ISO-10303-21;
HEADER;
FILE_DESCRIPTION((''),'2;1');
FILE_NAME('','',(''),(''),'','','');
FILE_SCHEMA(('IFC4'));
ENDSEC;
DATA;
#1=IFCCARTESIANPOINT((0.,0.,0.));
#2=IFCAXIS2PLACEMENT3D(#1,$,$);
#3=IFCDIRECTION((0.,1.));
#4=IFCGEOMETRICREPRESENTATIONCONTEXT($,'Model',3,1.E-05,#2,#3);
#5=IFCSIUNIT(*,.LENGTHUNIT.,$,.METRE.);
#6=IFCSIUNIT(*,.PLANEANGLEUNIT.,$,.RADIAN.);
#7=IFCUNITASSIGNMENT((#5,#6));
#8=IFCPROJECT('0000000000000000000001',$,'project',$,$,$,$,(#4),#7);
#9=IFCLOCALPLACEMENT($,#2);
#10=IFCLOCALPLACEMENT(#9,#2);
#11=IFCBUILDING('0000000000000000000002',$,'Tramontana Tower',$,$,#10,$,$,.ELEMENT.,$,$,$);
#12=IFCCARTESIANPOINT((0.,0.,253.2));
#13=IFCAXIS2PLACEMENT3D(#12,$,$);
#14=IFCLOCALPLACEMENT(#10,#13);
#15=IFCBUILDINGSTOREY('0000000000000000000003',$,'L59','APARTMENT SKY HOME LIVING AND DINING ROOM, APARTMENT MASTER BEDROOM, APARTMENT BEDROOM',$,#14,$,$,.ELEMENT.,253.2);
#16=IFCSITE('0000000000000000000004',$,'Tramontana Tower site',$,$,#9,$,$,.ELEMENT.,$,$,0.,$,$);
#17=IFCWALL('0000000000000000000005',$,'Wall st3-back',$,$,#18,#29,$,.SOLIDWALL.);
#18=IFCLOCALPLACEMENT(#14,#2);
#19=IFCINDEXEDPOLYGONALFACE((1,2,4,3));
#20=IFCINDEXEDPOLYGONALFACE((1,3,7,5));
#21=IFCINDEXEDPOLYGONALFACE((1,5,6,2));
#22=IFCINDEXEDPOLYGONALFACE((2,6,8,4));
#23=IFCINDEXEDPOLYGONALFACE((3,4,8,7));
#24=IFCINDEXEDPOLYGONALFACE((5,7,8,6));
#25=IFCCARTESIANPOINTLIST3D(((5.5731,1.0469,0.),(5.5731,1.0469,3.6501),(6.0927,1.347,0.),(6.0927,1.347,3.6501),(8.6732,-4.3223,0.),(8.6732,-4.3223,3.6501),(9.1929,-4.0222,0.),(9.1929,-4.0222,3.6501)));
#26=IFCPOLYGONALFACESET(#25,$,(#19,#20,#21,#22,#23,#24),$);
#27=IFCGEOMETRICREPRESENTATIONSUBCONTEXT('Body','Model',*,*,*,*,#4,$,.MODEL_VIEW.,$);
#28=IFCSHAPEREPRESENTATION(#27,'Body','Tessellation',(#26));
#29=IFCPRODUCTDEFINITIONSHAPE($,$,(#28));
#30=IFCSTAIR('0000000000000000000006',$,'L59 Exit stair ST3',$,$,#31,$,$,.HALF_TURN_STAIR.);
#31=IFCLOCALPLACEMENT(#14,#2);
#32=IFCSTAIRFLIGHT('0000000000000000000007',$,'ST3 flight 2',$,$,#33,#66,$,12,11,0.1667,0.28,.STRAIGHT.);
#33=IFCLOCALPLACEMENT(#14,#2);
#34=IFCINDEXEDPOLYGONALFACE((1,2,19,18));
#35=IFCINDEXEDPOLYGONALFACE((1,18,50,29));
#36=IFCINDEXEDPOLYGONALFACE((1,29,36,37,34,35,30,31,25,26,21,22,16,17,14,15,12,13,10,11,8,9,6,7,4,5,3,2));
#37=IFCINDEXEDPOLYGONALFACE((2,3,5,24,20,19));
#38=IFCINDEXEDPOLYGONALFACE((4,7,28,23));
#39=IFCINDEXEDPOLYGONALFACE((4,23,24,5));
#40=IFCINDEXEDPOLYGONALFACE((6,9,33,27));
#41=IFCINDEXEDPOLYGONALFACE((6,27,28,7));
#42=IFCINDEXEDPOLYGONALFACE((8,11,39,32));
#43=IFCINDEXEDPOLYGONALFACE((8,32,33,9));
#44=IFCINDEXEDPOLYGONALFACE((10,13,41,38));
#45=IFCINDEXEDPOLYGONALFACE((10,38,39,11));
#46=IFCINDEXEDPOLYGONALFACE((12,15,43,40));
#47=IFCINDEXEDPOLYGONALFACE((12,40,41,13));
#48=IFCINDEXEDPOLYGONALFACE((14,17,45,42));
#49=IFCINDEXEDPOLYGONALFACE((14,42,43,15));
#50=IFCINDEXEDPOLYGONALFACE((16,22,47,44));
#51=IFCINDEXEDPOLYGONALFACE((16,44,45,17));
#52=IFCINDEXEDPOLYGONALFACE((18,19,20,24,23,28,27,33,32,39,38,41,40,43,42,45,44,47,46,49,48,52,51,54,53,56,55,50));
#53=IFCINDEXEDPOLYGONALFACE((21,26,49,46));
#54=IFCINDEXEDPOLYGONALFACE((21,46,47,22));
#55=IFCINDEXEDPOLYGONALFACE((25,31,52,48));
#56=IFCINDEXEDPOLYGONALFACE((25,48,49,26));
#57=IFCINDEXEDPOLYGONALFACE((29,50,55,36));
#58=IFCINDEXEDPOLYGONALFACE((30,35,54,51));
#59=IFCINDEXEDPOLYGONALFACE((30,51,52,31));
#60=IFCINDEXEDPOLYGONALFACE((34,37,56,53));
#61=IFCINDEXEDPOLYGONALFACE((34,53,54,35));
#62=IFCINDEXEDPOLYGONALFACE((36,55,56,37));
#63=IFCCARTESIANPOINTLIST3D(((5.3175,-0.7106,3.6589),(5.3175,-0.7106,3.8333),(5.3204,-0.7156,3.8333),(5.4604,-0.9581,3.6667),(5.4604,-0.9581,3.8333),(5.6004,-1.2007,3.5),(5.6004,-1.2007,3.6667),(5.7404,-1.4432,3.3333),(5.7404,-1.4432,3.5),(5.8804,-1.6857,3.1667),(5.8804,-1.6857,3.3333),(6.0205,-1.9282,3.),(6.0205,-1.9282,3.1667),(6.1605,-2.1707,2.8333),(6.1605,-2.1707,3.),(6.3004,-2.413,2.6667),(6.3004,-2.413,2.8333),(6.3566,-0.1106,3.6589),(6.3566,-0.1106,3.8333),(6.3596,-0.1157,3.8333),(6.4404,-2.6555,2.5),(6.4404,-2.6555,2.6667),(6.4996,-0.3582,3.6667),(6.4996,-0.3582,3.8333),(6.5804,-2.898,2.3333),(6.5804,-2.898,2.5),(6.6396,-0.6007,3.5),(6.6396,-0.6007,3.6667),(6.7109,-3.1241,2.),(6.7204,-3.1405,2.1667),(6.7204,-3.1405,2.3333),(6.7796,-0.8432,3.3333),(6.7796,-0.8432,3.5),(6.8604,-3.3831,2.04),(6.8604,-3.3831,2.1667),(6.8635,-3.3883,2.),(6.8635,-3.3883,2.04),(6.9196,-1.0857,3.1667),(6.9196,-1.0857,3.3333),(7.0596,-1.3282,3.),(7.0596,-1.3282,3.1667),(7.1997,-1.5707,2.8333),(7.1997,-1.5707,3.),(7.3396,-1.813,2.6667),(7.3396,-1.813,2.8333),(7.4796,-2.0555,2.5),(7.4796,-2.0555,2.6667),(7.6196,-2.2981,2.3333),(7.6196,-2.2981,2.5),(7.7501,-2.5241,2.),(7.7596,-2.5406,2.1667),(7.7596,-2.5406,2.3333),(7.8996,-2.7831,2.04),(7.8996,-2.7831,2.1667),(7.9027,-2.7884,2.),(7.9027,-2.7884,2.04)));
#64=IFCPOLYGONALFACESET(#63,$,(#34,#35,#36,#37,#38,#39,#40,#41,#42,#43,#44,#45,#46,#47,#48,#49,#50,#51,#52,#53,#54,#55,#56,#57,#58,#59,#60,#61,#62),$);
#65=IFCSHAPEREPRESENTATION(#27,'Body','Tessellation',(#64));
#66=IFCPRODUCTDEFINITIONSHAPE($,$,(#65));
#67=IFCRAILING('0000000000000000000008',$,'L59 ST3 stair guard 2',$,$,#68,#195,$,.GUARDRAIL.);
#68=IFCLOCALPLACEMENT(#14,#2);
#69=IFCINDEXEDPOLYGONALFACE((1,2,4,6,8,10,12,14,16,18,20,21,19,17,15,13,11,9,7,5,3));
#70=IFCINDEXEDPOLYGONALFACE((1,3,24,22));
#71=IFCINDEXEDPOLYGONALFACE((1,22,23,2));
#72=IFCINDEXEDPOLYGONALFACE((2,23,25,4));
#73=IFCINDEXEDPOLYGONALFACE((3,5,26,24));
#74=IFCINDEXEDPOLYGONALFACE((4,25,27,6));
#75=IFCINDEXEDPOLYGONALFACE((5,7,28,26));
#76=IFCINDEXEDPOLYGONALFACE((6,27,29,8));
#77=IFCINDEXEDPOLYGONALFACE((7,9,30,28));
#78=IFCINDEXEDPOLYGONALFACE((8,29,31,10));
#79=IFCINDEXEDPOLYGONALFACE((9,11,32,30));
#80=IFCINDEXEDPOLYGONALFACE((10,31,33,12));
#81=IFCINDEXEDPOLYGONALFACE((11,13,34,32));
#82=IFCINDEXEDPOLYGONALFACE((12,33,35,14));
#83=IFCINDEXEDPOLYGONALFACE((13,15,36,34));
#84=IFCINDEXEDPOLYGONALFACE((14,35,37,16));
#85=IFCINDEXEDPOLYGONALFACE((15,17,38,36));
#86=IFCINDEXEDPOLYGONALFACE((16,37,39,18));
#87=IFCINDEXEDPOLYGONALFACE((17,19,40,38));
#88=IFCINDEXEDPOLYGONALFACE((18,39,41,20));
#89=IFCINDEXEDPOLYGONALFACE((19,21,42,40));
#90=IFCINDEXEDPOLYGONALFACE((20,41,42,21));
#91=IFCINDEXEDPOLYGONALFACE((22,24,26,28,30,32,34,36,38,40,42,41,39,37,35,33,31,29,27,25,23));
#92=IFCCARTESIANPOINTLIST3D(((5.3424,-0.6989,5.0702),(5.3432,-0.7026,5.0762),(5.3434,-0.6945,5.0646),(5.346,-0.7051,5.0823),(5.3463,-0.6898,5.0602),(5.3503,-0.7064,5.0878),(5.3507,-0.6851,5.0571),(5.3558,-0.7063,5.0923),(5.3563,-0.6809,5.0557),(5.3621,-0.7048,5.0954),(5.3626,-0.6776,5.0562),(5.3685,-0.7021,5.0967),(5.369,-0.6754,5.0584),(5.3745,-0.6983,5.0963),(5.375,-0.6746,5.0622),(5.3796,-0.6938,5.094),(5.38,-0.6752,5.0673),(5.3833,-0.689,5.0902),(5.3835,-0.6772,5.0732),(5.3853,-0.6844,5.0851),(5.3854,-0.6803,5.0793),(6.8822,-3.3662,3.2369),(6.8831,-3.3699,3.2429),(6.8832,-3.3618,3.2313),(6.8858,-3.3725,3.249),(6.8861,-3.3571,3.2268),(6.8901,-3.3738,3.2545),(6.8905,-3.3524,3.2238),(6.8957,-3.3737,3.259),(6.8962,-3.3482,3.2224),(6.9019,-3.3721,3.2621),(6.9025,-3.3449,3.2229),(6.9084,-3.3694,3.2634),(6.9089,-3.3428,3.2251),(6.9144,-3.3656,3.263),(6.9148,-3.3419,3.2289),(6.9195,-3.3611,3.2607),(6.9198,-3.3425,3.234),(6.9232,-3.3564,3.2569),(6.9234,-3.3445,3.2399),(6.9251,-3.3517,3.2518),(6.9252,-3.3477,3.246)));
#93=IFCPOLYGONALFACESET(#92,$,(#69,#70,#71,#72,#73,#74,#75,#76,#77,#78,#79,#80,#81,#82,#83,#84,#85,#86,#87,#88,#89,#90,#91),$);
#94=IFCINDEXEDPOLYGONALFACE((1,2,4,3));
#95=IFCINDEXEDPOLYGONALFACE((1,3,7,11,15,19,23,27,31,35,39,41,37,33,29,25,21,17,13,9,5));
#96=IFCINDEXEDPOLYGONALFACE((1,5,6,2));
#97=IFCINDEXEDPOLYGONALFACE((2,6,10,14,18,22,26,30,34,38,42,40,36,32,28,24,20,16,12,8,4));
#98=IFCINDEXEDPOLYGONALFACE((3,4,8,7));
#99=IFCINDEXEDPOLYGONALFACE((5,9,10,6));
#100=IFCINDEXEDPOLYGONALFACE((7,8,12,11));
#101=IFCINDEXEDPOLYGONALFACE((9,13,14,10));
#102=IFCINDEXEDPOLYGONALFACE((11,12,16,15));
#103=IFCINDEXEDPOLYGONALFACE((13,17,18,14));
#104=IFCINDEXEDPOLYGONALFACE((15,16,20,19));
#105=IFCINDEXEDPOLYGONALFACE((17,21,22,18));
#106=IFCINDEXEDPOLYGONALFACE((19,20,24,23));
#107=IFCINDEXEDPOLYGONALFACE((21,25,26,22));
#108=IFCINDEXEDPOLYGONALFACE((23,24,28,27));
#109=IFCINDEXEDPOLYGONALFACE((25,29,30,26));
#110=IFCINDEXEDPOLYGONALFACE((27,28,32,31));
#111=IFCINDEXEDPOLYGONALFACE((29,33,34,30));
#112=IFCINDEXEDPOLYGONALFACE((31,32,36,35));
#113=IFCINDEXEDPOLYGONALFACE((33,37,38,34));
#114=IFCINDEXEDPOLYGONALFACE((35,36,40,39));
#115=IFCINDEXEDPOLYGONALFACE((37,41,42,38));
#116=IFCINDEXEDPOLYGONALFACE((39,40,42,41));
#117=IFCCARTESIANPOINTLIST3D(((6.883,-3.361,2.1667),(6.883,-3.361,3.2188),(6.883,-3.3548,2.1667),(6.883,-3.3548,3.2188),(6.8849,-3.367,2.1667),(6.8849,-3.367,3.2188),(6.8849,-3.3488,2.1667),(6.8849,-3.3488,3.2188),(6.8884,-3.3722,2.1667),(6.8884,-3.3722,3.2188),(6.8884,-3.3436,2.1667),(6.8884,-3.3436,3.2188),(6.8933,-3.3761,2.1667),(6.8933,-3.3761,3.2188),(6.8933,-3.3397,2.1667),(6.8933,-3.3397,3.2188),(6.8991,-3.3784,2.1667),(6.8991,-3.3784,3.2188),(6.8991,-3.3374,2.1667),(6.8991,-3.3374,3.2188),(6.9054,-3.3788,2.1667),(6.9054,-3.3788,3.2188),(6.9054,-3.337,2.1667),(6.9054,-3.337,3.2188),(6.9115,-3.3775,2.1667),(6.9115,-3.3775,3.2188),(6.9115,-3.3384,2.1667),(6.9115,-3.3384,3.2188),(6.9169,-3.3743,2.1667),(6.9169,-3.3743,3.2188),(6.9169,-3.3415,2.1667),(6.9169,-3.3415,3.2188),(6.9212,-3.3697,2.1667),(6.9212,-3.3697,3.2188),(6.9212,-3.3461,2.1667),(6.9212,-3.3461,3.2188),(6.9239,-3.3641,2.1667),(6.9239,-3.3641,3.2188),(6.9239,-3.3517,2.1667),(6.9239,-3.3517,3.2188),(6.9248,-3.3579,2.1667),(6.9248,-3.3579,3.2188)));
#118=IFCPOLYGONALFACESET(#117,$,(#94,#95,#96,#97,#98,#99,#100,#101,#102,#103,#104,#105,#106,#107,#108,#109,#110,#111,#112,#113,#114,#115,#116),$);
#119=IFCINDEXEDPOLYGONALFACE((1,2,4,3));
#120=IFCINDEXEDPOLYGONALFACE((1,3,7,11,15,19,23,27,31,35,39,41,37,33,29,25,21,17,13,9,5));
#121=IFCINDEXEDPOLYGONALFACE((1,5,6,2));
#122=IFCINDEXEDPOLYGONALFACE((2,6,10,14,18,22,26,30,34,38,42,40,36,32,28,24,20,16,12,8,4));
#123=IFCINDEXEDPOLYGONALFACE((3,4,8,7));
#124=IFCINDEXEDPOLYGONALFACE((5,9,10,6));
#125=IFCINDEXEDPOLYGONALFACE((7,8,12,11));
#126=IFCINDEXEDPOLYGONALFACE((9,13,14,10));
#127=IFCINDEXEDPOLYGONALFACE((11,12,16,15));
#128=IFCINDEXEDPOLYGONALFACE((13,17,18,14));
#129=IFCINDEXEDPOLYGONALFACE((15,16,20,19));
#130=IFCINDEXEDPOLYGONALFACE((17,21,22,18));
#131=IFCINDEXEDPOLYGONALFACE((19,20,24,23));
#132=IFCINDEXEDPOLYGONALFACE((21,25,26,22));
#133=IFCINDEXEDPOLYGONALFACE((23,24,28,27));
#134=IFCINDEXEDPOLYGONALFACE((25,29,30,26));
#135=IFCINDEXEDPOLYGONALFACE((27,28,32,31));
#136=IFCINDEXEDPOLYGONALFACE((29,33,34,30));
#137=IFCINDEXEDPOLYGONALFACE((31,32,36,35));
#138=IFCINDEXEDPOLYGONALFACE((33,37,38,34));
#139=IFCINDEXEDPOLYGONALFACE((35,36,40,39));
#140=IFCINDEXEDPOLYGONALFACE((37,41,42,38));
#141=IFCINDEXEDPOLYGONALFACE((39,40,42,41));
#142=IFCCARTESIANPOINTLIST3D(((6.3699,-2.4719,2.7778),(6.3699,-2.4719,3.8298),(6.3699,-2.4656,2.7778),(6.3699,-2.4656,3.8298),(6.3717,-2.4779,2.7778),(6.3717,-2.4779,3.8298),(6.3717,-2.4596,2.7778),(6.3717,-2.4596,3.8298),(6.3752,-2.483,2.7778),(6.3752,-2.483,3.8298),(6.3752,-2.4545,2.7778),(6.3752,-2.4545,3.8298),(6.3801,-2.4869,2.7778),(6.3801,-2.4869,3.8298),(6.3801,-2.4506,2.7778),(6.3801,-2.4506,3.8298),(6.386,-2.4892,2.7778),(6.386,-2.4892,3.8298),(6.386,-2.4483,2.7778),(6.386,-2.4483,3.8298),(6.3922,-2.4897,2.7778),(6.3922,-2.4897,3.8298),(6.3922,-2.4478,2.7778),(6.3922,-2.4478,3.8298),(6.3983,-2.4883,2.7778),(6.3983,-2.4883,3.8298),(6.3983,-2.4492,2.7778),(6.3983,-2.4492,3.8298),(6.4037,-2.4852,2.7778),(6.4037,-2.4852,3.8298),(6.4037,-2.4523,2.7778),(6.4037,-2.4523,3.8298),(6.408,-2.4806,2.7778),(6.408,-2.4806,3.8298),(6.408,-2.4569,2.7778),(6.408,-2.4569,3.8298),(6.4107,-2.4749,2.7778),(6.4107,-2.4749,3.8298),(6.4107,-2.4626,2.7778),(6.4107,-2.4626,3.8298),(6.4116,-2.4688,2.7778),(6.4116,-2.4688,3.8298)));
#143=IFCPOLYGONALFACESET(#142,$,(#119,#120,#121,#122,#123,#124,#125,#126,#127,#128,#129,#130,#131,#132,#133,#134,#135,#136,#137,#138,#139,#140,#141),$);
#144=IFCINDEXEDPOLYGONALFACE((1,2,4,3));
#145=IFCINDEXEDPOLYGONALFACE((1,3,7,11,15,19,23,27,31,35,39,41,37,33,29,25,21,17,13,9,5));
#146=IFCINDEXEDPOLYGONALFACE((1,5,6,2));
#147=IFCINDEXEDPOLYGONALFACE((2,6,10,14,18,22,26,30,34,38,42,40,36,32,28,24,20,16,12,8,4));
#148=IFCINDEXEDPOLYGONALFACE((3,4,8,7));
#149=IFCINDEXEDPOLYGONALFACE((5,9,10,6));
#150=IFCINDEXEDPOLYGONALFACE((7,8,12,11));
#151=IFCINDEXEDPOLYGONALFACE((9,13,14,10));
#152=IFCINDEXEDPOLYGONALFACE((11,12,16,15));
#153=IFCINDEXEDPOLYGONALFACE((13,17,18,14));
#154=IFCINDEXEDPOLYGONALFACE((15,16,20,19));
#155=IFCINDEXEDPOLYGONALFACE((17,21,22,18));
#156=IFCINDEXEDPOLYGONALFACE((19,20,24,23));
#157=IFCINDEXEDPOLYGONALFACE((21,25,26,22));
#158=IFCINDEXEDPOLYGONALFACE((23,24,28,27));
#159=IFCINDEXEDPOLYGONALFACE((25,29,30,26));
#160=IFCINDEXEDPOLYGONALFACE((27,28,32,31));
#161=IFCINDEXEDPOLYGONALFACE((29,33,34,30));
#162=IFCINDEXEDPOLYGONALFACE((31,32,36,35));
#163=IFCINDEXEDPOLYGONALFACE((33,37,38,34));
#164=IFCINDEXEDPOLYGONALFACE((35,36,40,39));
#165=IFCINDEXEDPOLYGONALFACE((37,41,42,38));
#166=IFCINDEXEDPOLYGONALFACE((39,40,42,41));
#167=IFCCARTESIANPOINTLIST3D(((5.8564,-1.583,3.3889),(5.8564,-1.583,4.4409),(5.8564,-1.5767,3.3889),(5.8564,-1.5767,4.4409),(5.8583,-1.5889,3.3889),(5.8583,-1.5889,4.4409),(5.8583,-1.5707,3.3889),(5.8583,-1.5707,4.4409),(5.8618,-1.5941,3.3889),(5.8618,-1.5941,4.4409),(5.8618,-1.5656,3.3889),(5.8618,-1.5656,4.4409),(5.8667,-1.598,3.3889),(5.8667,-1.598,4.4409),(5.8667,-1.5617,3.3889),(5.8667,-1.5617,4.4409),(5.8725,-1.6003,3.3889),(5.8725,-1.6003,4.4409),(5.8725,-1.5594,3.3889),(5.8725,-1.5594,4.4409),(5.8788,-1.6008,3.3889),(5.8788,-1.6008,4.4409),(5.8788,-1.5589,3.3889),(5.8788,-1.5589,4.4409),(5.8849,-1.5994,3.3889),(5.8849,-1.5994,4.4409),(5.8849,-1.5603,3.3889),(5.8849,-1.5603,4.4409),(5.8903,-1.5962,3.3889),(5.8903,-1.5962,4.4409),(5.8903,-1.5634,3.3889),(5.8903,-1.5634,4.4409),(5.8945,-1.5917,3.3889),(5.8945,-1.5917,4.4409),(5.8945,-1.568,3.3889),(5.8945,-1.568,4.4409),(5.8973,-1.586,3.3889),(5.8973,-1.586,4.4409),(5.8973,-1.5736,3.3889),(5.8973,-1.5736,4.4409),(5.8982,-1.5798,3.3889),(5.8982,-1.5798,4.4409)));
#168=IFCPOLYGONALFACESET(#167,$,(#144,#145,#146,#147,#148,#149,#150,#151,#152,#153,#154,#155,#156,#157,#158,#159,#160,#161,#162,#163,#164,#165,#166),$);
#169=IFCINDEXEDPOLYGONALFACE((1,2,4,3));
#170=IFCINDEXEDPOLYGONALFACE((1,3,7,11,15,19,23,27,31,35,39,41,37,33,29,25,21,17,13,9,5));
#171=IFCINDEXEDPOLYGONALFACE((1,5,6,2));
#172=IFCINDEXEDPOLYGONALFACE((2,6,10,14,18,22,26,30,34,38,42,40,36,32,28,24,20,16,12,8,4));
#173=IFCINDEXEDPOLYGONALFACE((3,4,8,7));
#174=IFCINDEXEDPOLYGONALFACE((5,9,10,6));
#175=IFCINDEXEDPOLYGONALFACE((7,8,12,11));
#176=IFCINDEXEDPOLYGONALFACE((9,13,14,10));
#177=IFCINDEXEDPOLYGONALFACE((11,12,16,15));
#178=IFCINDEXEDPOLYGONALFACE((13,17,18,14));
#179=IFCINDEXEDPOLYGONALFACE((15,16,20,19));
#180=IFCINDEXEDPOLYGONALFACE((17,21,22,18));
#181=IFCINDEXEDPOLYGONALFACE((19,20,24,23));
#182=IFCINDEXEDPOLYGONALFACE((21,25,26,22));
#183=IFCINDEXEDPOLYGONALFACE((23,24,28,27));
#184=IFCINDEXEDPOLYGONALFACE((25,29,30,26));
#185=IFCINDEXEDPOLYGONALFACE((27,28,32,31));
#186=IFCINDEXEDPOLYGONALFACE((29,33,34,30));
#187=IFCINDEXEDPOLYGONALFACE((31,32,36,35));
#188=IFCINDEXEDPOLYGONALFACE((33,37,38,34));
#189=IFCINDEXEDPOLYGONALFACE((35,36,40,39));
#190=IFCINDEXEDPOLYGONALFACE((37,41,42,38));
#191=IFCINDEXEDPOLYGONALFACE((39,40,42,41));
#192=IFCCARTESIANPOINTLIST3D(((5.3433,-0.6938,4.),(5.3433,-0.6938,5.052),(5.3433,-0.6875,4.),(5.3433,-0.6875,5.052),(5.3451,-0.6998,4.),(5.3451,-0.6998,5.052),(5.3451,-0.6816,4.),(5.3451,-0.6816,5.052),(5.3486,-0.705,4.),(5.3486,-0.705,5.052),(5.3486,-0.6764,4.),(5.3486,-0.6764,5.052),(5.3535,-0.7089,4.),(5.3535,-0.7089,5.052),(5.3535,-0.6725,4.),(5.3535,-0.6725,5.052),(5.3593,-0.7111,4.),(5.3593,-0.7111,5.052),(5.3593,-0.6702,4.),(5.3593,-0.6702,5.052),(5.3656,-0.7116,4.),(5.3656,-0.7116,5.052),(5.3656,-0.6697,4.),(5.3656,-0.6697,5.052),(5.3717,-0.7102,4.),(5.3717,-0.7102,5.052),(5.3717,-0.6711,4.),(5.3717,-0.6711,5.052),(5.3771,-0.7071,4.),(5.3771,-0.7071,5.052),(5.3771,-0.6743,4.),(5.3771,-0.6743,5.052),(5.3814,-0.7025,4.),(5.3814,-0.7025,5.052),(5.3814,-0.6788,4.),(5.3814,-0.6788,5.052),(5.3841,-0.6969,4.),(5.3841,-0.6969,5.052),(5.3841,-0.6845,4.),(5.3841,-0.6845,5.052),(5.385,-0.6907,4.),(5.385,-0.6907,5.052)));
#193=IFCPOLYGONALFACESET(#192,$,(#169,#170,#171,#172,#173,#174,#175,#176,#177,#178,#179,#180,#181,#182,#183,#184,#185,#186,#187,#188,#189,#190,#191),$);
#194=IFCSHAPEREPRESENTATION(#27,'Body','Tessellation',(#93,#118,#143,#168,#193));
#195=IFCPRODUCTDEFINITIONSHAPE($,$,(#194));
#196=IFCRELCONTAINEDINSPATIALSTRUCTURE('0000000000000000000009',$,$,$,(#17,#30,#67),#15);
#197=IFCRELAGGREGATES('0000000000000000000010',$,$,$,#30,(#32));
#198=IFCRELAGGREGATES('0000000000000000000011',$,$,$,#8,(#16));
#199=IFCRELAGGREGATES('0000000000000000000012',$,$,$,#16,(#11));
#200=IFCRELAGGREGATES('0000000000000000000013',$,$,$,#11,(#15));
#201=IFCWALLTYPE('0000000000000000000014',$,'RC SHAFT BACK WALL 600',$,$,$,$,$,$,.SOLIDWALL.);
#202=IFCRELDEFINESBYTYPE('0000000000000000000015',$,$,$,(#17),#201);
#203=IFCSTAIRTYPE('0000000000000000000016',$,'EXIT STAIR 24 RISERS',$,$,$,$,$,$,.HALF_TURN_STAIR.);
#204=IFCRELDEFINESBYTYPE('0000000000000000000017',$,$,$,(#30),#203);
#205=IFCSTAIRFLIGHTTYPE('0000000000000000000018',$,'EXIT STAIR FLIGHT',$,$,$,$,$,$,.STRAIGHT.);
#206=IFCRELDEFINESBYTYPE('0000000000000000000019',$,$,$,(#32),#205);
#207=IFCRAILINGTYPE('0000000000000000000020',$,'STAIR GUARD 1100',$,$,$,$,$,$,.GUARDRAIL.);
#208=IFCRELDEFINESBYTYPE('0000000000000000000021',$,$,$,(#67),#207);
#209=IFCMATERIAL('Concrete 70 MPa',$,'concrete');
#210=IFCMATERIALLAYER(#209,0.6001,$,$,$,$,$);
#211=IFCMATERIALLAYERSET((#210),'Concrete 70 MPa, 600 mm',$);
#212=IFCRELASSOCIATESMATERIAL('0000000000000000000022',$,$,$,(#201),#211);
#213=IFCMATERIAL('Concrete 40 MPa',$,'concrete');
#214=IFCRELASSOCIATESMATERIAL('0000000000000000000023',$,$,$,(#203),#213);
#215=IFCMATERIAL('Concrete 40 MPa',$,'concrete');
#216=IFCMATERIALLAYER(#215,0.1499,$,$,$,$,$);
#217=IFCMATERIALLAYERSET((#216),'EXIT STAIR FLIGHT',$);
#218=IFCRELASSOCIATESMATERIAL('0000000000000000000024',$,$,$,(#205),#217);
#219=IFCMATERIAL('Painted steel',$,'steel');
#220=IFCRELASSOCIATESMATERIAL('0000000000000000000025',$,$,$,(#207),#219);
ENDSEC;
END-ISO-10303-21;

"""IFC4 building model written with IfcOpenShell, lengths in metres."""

from ifc_helpers import new_model, si_unit, direction, frame, frame_2d, origin, origin_2d, place, context, subcontext, project, spatial, polyline, rectangle, circle, outline, extrude, material, layer, layer_set, type_object, element, aggregate, save


model = new_model("IFC4")

# Units and contexts
model_context = context("Model", 3, precision=1e-05, world=origin(), true_north=direction((0.0, 1.0)))
body_context = subcontext(model_context, "Body", "Model", "MODEL_VIEW")
ifc_project = project(units=[si_unit("LENGTHUNIT", "METRE"), si_unit("PLANEANGLEUNIT", "RADIAN")], contexts=[model_context])

# Site, building, storey
site_placement = place(None, origin())
site = spatial("IfcSite", under=ifc_project, at=site_placement, Name="Tramontana Tower site", CompositionType="ELEMENT", RefElevation=0.0)
building_placement = place(site_placement, origin())
building = spatial("IfcBuilding", under=site, at=building_placement, Name="Tramontana Tower", CompositionType="ELEMENT")
storey_placement = place(building_placement, frame((0.0, 0.0, 253.2)))
storey = spatial("IfcBuildingStorey", under=building, at=storey_placement, Name="L59", Description="APARTMENT SKY HOME LIVING AND DINING ROOM, APARTMENT MASTER BEDROOM, APARTMENT BEDROOM", CompositionType="ELEMENT", Elevation=253.2)

# Wall
ifc_material_1 = material(Name="Concrete 70 MPa", Category="concrete")
ifc_layer_1 = layer(ifc_material_1, 0.6001)
ifc_layer_set_1 = layer_set([ifc_layer_1], Name="Concrete 70 MPa, 600 mm")
wall_type_1 = type_object("IfcWallType", Name="RC SHAFT BACK WALL 600", PredefinedType="SOLIDWALL", material=ifc_layer_set_1)
wall_1_placement = place(storey_placement, frame((8.9331, -4.1724, 0.0), z_axis=(0.0, 0.0, 1.0), x_axis=(-0.500027, 0.86601, 0.0)))
element("IfcWall", 1, at=wall_1_placement, inside=storey, type_object=wall_type_1, Name="Wall st3-back", PredefinedType="SOLIDWALL", context=body_context, shape_type="SweptSolid", body=[
    extrude(rectangle(XDim=6.2, YDim=0.6001, at=frame_2d((3.1001, 0.0))), origin(), (0.0, 0.0, 1.0), 3.6501),
])

# Stair, stair flight
ifc_material_2 = material(Name="Concrete 40 MPa", Category="concrete")
stair_type = type_object("IfcStairType", Name="EXIT STAIR 24 RISERS", PredefinedType="HALF_TURN_STAIR", material=ifc_material_2)
stair_placement = place(storey_placement, origin())
stair = element("IfcStair", 2, at=stair_placement, inside=storey, type_object=stair_type, Name="L59 Exit stair ST3", PredefinedType="HALF_TURN_STAIR")
ifc_material_3 = material(Name="Concrete 40 MPa", Category="concrete")
ifc_layer_2 = layer(ifc_material_3, 0.1499)
ifc_layer_set_2 = layer_set([ifc_layer_2], Name="EXIT STAIR FLIGHT")
stair_flight_type = type_object("IfcStairFlightType", Name="EXIT STAIR FLIGHT", PredefinedType="STRAIGHT", material=ifc_layer_set_2)
stair_flight_placement = place(storey_placement, frame((7.3801, -3.083, 2.0), z_axis=(0.0, 0.0, 1.0), x_axis=(-0.5, 0.866025, 0.0)))
stair_flight = element("IfcStairFlight", 3, at=stair_flight_placement, type_object=stair_flight_type, Name="ST3 flight 2", NumberOfRisers=12, NumberOfTreads=11, PredefinedType="STRAIGHT", RiserHeight=0.1667, TreadLength=0.28, context=body_context, shape_type="SweptSolid", body=[
    extrude(outline(polyline([(-0.0061, 0.0), (-0.0061, 0.04), (0.0, 0.04), (0.0, 0.1667), (0.28, 0.1667), (0.28, 0.3333), (0.5601, 0.3333), (0.5601, 0.5), (0.8401, 0.5), (0.8401, 0.6667), (1.1201, 0.6667), (1.1201, 0.8333), (1.3999, 0.8333), (1.3999, 1.0), (1.6799, 1.0), (1.6799, 1.1667), (1.96, 1.1667), (1.96, 1.3333), (2.24, 1.3333), (2.24, 1.5), (2.52, 1.5), (2.52, 1.6667), (2.8, 1.6667), (2.8, 1.8333), (3.0801, 1.8333), (3.0859, 1.8333), (3.0859, 1.6589), (0.2991, 0.0), (-0.0061, 0.0)])), frame((0.0, 0.6001, 0.0), z_axis=(0.0, -1.0, 0.0), x_axis=(1.0, 0.0, 0.0)), (0.0, 0.0, 1.0), 1.2),
])
aggregate(stair, [stair_flight])

# Railing
ifc_material_4 = material(Name="Painted steel", Category="steel")
railing_type_1 = type_object("IfcRailingType", Name="STAIR GUARD 1100", PredefinedType="GUARDRAIL", material=ifc_material_4)
railing_1_placement = place(storey_placement, frame((6.9038, -3.3579, 2.1667)))
element("IfcRailing", 4, at=railing_1_placement, inside=storey, type_object=railing_type_1, Name="L59 ST3 stair guard 2", PredefinedType="GUARDRAIL", context=body_context, shape_type="SweptSolid", body=[
    extrude(circle(Radius=0.0239, at=origin_2d()), frame((0.0, 0.0, 1.0762), z_axis=(-0.429616, 0.744181, 0.511493), x_axis=(-0.866044, -0.499967, 0.0)), (0.0, 0.0, 1.0), 3.5842),
    extrude(circle(Radius=0.021, at=origin_2d()), origin(), (0.0, 0.0, 1.0), 1.052),
    extrude(circle(Radius=0.021, at=origin_2d()), frame((-0.5132, 0.8892, 0.6111)), (0.0, 0.0, 1.0), 1.052),
    extrude(circle(Radius=0.021, at=origin_2d()), frame((-1.0266, 1.7781, 1.2222)), (0.0, 0.0, 1.0), 1.052),
    extrude(circle(Radius=0.021, at=origin_2d()), frame((-1.5398, 2.6672, 1.8333)), (0.0, 0.0, 1.0), 1.052),
])

save(model, "model.ifc")
